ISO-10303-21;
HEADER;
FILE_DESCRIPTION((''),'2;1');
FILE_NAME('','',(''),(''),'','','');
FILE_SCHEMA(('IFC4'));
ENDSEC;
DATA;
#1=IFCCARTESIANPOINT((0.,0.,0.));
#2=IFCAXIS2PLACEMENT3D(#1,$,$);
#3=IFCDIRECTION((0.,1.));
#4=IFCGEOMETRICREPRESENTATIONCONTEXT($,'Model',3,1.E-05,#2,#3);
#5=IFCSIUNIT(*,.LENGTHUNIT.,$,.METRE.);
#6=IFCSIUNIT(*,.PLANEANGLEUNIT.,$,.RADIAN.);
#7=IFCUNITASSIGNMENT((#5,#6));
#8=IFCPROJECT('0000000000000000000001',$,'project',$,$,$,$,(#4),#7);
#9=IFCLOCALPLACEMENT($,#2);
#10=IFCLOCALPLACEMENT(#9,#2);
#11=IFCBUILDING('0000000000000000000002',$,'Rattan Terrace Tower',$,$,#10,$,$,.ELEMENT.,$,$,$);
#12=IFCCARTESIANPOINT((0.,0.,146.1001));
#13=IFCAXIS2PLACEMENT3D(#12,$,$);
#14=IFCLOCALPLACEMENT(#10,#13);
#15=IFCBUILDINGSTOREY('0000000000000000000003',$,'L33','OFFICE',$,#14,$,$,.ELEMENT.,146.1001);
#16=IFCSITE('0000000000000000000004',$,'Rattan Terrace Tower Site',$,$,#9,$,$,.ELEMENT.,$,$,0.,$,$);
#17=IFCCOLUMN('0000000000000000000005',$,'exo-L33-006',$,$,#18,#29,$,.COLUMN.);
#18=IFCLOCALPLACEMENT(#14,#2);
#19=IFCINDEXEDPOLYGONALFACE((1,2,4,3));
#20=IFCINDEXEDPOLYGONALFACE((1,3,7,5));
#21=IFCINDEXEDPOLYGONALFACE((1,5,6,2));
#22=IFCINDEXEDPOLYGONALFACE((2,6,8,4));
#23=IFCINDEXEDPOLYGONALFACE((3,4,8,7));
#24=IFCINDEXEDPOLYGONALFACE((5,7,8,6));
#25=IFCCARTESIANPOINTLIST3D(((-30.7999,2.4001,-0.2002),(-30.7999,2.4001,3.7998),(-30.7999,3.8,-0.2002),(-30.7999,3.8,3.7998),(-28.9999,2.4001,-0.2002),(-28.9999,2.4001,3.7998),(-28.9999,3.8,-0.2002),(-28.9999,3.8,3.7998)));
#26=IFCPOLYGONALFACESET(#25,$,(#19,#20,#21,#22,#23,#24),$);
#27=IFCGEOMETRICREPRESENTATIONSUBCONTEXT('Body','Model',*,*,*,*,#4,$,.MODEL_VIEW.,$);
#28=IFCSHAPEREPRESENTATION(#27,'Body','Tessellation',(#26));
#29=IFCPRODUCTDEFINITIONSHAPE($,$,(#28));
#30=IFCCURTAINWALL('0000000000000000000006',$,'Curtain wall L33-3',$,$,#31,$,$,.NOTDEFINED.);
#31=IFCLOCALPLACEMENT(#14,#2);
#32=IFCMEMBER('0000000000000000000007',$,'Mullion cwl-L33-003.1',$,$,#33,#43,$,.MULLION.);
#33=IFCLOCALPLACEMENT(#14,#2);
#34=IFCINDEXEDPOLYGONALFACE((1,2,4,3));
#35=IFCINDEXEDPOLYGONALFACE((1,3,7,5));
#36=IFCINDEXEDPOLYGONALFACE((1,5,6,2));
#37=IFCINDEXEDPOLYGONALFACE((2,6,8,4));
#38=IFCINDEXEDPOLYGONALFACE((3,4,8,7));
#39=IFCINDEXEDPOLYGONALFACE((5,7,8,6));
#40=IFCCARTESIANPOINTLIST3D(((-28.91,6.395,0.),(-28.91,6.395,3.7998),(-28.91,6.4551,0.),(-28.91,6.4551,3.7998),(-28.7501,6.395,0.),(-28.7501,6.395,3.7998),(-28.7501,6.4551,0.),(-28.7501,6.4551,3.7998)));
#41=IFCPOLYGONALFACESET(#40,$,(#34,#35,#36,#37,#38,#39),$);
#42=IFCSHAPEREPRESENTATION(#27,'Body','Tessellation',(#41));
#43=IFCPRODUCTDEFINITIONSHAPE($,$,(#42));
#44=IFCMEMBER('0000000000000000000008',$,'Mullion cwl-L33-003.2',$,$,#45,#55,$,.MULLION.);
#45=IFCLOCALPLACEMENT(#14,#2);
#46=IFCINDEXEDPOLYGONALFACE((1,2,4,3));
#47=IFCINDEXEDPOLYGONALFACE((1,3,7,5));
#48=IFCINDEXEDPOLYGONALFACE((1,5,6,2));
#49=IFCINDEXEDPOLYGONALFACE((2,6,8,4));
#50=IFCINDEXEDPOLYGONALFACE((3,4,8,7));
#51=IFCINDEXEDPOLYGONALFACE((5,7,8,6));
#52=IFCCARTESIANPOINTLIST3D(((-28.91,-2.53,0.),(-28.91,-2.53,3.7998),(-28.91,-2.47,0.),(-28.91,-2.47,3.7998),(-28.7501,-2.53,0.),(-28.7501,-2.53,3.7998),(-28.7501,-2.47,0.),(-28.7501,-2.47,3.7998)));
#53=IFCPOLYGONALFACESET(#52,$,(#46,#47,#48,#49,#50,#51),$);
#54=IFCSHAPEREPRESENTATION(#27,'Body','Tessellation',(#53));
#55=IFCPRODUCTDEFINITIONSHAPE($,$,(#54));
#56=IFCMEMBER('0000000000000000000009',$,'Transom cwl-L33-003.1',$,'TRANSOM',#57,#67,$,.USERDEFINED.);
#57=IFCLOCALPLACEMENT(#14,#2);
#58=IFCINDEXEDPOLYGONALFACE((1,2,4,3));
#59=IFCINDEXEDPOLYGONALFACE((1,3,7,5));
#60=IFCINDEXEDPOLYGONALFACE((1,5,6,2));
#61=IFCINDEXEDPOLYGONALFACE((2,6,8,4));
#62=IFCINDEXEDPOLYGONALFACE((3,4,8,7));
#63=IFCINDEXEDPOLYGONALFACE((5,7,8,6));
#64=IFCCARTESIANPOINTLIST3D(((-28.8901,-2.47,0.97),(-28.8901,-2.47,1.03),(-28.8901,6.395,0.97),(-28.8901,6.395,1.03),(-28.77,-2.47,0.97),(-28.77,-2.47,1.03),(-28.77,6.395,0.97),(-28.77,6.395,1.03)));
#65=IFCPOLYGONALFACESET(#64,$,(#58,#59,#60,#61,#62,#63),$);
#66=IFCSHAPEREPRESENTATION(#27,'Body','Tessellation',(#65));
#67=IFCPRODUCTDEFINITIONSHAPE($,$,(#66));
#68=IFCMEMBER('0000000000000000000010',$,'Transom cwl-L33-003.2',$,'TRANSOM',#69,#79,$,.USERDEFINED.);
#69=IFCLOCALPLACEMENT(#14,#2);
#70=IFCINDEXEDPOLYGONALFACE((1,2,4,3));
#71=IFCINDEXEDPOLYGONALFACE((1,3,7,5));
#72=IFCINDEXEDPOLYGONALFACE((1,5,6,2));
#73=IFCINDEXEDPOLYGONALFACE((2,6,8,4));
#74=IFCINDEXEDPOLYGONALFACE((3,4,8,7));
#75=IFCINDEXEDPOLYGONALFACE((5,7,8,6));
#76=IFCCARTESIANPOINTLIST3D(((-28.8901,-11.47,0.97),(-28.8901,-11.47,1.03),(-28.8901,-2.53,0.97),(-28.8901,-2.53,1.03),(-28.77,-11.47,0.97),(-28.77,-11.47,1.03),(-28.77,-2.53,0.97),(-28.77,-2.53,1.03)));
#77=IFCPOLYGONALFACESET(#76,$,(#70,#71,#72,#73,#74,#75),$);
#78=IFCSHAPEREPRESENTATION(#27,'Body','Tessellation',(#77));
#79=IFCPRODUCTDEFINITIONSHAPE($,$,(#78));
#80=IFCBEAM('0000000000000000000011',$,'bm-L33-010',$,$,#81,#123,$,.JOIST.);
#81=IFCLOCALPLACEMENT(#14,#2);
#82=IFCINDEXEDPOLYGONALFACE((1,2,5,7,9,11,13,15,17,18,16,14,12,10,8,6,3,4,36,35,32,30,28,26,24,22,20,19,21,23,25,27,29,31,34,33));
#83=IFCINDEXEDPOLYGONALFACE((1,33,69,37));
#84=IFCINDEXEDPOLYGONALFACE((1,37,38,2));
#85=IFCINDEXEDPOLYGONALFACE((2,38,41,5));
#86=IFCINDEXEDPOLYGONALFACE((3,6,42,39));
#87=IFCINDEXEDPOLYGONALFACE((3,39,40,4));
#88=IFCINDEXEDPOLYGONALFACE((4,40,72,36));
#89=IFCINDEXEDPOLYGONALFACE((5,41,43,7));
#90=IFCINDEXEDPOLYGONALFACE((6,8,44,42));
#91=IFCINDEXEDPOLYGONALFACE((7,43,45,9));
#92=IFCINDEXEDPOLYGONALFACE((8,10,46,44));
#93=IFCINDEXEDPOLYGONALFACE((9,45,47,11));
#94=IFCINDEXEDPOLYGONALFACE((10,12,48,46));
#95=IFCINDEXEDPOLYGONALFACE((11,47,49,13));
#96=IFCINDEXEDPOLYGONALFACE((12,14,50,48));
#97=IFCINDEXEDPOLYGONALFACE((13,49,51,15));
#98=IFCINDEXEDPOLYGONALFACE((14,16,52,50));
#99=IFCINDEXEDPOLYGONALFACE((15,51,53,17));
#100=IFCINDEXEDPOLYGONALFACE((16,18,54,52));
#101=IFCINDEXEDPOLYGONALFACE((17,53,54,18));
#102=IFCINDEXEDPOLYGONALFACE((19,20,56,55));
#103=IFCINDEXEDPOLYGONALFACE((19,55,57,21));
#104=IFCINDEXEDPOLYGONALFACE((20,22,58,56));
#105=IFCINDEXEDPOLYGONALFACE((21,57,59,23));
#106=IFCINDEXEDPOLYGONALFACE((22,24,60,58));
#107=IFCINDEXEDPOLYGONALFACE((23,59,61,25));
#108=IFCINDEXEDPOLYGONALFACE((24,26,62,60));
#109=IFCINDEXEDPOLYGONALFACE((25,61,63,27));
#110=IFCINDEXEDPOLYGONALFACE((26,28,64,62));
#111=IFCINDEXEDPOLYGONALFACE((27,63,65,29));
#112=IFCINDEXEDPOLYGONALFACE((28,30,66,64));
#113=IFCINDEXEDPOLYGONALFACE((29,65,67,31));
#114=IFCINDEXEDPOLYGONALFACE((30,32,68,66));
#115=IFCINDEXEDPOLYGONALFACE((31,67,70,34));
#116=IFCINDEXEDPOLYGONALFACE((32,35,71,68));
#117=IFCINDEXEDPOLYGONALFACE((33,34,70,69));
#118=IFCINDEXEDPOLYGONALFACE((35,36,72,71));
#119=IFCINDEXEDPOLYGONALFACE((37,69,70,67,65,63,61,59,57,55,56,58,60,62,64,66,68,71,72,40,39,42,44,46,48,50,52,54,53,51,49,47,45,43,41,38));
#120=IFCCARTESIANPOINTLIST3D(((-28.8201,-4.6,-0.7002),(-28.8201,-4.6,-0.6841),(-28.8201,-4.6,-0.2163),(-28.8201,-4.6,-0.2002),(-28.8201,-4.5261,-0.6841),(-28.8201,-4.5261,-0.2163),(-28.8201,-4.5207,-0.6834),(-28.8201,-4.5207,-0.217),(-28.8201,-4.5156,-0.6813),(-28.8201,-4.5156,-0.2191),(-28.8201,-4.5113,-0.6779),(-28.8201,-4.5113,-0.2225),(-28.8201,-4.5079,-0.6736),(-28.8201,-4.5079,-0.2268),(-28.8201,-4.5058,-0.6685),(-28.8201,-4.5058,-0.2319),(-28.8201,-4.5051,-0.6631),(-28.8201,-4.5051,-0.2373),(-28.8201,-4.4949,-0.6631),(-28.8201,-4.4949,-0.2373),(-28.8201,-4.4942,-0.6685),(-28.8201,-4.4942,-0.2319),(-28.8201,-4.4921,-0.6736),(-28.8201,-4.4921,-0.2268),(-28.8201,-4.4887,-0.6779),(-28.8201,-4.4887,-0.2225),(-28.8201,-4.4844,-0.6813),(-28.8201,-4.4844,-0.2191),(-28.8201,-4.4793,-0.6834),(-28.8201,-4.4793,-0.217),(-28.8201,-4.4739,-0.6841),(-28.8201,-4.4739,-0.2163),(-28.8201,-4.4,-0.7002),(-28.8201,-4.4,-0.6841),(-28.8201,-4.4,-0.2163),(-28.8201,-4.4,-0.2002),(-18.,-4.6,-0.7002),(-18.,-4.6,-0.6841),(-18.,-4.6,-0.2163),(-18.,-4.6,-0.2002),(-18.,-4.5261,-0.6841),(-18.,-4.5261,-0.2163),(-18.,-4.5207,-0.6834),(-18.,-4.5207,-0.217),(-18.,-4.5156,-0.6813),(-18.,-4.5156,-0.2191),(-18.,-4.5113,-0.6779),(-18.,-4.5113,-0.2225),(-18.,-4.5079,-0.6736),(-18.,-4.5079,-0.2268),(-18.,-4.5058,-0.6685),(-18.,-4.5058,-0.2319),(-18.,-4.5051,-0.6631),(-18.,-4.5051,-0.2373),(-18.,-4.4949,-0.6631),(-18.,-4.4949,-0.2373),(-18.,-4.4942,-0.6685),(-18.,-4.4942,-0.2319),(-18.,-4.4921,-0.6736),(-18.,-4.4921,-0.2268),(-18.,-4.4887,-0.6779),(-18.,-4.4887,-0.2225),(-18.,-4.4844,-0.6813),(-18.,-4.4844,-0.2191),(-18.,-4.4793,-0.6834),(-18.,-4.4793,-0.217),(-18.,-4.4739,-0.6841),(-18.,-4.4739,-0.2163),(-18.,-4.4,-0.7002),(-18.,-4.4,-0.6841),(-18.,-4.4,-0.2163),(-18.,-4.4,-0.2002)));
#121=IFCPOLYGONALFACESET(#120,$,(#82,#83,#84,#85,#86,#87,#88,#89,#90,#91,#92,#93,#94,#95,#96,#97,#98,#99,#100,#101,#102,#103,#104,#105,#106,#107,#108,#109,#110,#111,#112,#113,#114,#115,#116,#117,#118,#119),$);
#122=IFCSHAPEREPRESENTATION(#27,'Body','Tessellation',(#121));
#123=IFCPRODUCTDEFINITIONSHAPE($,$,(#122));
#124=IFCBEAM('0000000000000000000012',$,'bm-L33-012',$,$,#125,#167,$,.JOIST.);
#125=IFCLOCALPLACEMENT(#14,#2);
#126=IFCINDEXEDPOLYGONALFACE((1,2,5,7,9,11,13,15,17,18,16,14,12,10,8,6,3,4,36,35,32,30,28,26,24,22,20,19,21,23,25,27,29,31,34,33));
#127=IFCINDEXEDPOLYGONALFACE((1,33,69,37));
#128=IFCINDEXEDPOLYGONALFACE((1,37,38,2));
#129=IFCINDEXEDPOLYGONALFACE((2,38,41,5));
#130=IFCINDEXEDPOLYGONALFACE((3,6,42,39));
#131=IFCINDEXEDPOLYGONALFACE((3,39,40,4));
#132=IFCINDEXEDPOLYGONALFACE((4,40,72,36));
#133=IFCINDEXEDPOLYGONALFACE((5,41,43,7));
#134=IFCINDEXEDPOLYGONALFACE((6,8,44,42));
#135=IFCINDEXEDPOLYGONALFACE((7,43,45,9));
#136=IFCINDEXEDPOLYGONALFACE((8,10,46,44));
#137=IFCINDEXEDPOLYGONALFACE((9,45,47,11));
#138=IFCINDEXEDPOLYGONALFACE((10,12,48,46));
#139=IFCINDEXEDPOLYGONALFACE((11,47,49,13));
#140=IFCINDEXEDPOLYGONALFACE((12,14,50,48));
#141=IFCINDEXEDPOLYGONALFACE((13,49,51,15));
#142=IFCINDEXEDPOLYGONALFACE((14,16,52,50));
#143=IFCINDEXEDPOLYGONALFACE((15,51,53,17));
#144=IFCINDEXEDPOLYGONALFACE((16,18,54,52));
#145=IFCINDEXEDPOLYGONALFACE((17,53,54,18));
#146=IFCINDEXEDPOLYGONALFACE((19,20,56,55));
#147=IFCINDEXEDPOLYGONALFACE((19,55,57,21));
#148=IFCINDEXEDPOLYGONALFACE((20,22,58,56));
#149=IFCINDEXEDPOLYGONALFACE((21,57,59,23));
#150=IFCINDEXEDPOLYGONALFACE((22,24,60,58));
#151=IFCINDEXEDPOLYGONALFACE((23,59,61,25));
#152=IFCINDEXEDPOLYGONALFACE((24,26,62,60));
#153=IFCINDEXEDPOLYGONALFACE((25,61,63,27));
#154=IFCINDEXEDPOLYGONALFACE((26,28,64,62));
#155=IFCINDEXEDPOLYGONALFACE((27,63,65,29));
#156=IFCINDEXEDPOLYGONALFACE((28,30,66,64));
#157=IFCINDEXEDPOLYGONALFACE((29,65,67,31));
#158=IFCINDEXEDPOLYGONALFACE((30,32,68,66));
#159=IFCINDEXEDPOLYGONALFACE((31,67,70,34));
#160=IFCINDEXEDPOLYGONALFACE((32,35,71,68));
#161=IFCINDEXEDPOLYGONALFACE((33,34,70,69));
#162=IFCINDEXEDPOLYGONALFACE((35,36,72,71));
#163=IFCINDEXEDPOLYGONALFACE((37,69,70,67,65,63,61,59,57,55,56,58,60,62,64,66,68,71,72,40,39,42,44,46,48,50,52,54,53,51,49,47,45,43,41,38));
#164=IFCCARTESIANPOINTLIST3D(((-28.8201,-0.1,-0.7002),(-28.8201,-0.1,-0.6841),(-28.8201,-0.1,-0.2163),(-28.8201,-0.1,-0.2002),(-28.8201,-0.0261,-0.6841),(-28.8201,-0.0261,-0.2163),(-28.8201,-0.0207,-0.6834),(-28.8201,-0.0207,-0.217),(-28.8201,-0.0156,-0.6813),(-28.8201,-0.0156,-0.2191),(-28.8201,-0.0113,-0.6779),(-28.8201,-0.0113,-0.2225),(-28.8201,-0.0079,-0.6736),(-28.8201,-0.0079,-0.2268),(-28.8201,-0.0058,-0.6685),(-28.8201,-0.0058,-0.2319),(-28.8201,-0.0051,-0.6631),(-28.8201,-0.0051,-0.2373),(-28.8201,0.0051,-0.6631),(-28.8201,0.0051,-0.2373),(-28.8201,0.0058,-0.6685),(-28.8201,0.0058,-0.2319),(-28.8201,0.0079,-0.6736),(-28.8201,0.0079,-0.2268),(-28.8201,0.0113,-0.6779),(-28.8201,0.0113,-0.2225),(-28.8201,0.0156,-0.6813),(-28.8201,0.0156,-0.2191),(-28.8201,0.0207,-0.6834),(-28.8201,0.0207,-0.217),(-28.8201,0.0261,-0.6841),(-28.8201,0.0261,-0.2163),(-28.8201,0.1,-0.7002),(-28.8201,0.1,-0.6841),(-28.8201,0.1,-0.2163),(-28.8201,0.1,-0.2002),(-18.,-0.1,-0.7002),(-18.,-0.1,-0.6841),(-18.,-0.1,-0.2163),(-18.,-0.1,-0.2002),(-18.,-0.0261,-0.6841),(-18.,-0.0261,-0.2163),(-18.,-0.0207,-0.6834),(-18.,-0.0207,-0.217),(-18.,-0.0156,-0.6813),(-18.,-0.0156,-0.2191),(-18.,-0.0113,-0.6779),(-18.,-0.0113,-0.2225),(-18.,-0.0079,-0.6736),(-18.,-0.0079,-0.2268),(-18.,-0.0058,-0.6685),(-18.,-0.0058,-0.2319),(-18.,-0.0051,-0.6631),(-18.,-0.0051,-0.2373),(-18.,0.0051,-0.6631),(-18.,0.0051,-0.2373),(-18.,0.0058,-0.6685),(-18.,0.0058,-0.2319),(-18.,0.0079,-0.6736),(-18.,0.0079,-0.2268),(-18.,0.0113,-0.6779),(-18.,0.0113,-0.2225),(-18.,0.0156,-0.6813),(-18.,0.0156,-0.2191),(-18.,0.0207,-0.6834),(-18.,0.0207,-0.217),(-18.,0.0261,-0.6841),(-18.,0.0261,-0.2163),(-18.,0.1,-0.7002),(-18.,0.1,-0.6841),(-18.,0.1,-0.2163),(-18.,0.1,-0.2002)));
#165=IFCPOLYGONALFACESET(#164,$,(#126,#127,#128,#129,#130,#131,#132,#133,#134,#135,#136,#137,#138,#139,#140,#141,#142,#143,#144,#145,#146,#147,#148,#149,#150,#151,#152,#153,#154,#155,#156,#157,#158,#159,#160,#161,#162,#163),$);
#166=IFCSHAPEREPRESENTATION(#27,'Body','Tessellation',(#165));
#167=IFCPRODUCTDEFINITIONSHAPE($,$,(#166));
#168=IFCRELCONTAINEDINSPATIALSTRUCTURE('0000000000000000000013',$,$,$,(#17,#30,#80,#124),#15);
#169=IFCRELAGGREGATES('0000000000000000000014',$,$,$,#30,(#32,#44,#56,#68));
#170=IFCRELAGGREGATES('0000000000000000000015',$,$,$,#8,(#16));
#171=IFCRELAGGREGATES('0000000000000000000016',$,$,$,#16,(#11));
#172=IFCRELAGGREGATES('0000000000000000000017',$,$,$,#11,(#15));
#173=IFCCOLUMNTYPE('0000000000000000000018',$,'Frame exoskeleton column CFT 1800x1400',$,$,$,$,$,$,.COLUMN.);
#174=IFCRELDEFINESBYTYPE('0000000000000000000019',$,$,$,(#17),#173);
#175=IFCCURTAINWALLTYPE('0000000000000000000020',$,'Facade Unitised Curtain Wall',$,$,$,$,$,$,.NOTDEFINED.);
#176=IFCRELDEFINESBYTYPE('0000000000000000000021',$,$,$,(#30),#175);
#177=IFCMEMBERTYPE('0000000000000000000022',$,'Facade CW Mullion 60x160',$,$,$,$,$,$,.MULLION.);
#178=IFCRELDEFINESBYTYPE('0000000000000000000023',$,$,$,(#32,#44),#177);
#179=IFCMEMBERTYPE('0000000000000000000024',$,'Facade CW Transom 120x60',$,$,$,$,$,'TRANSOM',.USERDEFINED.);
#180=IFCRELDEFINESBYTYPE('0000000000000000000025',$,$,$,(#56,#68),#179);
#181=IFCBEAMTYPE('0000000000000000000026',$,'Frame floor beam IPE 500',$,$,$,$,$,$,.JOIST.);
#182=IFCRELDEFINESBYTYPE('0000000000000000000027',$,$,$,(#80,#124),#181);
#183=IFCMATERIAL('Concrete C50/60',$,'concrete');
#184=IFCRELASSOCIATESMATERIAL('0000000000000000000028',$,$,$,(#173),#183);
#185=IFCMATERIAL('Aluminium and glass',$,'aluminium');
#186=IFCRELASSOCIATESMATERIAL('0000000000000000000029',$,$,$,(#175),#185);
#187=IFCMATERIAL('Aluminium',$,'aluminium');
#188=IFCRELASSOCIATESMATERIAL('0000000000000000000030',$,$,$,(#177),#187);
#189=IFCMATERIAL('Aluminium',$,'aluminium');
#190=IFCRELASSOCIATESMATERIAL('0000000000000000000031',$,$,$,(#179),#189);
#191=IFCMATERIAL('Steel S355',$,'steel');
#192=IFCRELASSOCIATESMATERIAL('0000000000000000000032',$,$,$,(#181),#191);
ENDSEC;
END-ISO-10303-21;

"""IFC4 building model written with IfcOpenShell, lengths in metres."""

from ifc_helpers import new_model, si_unit, direction, frame, origin, origin_2d, place, context, subcontext, project, spatial, rectangle, i_section, extrude, material, material_profile, profile_set, type_object, element, aggregate, save


model = new_model("IFC4")

# Units and contexts
model_context = context("Model", 3, precision=1e-05, world=origin(), true_north=direction((0.0, 1.0)))
body_context = subcontext(model_context, "Body", "Model", "MODEL_VIEW")
ifc_project = project(units=[si_unit("LENGTHUNIT", "METRE"), si_unit("PLANEANGLEUNIT", "RADIAN")], contexts=[model_context])

# Site, building, storey
site_placement = place(None, origin())
site = spatial("IfcSite", under=ifc_project, at=site_placement, Name="Rattan Terrace Tower Site", CompositionType="ELEMENT", RefElevation=0.0)
building_placement = place(site_placement, origin())
building = spatial("IfcBuilding", under=site, at=building_placement, Name="Rattan Terrace Tower", CompositionType="ELEMENT")
storey_placement = place(building_placement, frame((0.0, 0.0, 146.1001)))
storey = spatial("IfcBuildingStorey", under=building, at=storey_placement, Name="L33", Description="OFFICE", CompositionType="ELEMENT", Elevation=146.1001)

# Column
ifc_material_1 = material(Name="Concrete C50/60", Category="concrete")
ifc_material_profile_1 = material_profile(ifc_material_1, rectangle(XDim=1.3999, YDim=1.8, at=origin_2d()), Name="CFT 1800x1400")
ifc_profile_set_1 = profile_set([ifc_material_profile_1], Name="Concrete C50/60")
column_type = type_object("IfcColumnType", Name="Frame exoskeleton column CFT 1800x1400", PredefinedType="COLUMN", material=ifc_profile_set_1)
column_placement = place(storey_placement, frame((-29.8999, 3.1001, -0.2002), z_axis=(0.0, 0.0, 1.0), x_axis=(0.0, 1.0, 0.0)))
element("IfcColumn", 1, at=column_placement, inside=storey, type_object=column_type, Name="exo-L33-006", PredefinedType="COLUMN", context=body_context, shape_type="SweptSolid", body=[
    extrude(rectangle(XDim=1.3999, YDim=1.8, at=origin_2d()), origin(), (0.0, 0.0, 1.0), 4.0),
])

# Curtain wall, members
ifc_material_2 = material(Name="Aluminium and glass", Category="aluminium")
curtain_wall_type = type_object("IfcCurtainWallType", Name="Facade Unitised Curtain Wall", PredefinedType="NOTDEFINED", material=ifc_material_2)
curtain_wall_placement = place(storey_placement, origin())
curtain_wall = element("IfcCurtainWall", 2, at=curtain_wall_placement, inside=storey, type_object=curtain_wall_type, Name="Curtain wall L33-3", PredefinedType="NOTDEFINED")
ifc_material_3 = material(Name="Aluminium", Category="aluminium")
ifc_material_profile_2 = material_profile(ifc_material_3, rectangle(XDim=0.0601, YDim=0.1599, at=origin_2d()), Name="Aluminium 60x160")
ifc_profile_set_2 = profile_set([ifc_material_profile_2], Name="Aluminium")
member_type_1 = type_object("IfcMemberType", Name="Facade CW Mullion 60x160", PredefinedType="MULLION", material=ifc_profile_set_2)
member_1_placement = place(storey_placement, frame((-28.8301, 6.425, 0.0), z_axis=(0.0, 0.0, 1.0), x_axis=(0.0, -1.0, 0.0)))
member_1 = element("IfcMember", 3, at=member_1_placement, type_object=member_type_1, Name="Mullion cwl-L33-003.1", PredefinedType="MULLION", context=body_context, shape_type="SweptSolid", body=[
    extrude(rectangle(XDim=0.0601, YDim=0.1599, at=origin_2d()), origin(), (0.0, 0.0, 1.0), 3.7998),
])
member_2_placement = place(storey_placement, frame((-28.8301, -2.5, 0.0), z_axis=(0.0, 0.0, 1.0), x_axis=(0.0, -1.0, 0.0)))
member_2 = element("IfcMember", 4, at=member_2_placement, type_object=member_type_1, Name="Mullion cwl-L33-003.2", PredefinedType="MULLION", context=body_context, shape_type="SweptSolid", body=[
    extrude(rectangle(XDim=0.0601, YDim=0.1599, at=origin_2d()), origin(), (0.0, 0.0, 1.0), 3.7998),
])
ifc_material_4 = material(Name="Aluminium", Category="aluminium")
ifc_material_profile_3 = material_profile(ifc_material_4, rectangle(XDim=0.1201, YDim=0.0601, at=origin_2d()), Name="Aluminium 120x60")
ifc_profile_set_3 = profile_set([ifc_material_profile_3], Name="Aluminium")
member_type_2 = type_object("IfcMemberType", Name="Facade CW Transom 120x60", ElementType="TRANSOM", PredefinedType="USERDEFINED", material=ifc_profile_set_3)
member_3_placement = place(storey_placement, frame((-28.8301, 6.395, 1.0), z_axis=(0.0, -1.0, 0.0), x_axis=(1.0, 0.0, 0.0)))
member_3 = element("IfcMember", 5, at=member_3_placement, type_object=member_type_2, Name="Transom cwl-L33-003.1", ObjectType="TRANSOM", PredefinedType="USERDEFINED", context=body_context, shape_type="SweptSolid", body=[
    extrude(rectangle(XDim=0.1201, YDim=0.0601, at=origin_2d()), origin(), (0.0, 0.0, 1.0), 8.865),
])
member_4_placement = place(storey_placement, frame((-28.8301, -2.53, 1.0), z_axis=(0.0, -1.0, 0.0), x_axis=(1.0, 0.0, 0.0)))
member_4 = element("IfcMember", 6, at=member_4_placement, type_object=member_type_2, Name="Transom cwl-L33-003.2", ObjectType="TRANSOM", PredefinedType="USERDEFINED", context=body_context, shape_type="SweptSolid", body=[
    extrude(rectangle(XDim=0.1201, YDim=0.0601, at=origin_2d()), origin(), (0.0, 0.0, 1.0), 8.9399),
])

# Beams
ifc_material_5 = material(Name="Steel S355", Category="steel")
ifc_material_profile_4 = material_profile(ifc_material_5, i_section(OverallWidth=0.2, OverallDepth=0.5, WebThickness=0.0103, FlangeThickness=0.0161, FilletRadius=0.021, at=origin_2d()), Name="IPE 500")
ifc_profile_set_4 = profile_set([ifc_material_profile_4], Name="Steel S355")
beam_type = type_object("IfcBeamType", Name="Frame floor beam IPE 500", PredefinedType="JOIST", material=ifc_profile_set_4)
for number, where, z_axis, x_axis, name in (
    (7, (-28.8201, -4.5, -0.4502), (1.0, 0.0, 0.0), (0.0, 1.0, 0.0), "bm-L33-010"),
    (8, (-28.8201, 0.0, -0.4502), (1.0, 0.0, 0.0), (0.0, 1.0, 0.0), "bm-L33-012"),
):
    element("IfcBeam", number, at=place(storey_placement, frame(where, z_axis=z_axis, x_axis=x_axis)), inside=storey, type_object=beam_type, Name=name, PredefinedType="JOIST", context=body_context, shape_type="SweptSolid", body=[
        extrude(i_section(OverallWidth=0.2, OverallDepth=0.5, WebThickness=0.0103, FlangeThickness=0.0161, FilletRadius=0.021, at=origin_2d()), origin(), (0.0, 0.0, 1.0), 10.8201),
    ])

aggregate(curtain_wall, [member_1, member_2, member_3, member_4])

save(model, "model.ifc")
